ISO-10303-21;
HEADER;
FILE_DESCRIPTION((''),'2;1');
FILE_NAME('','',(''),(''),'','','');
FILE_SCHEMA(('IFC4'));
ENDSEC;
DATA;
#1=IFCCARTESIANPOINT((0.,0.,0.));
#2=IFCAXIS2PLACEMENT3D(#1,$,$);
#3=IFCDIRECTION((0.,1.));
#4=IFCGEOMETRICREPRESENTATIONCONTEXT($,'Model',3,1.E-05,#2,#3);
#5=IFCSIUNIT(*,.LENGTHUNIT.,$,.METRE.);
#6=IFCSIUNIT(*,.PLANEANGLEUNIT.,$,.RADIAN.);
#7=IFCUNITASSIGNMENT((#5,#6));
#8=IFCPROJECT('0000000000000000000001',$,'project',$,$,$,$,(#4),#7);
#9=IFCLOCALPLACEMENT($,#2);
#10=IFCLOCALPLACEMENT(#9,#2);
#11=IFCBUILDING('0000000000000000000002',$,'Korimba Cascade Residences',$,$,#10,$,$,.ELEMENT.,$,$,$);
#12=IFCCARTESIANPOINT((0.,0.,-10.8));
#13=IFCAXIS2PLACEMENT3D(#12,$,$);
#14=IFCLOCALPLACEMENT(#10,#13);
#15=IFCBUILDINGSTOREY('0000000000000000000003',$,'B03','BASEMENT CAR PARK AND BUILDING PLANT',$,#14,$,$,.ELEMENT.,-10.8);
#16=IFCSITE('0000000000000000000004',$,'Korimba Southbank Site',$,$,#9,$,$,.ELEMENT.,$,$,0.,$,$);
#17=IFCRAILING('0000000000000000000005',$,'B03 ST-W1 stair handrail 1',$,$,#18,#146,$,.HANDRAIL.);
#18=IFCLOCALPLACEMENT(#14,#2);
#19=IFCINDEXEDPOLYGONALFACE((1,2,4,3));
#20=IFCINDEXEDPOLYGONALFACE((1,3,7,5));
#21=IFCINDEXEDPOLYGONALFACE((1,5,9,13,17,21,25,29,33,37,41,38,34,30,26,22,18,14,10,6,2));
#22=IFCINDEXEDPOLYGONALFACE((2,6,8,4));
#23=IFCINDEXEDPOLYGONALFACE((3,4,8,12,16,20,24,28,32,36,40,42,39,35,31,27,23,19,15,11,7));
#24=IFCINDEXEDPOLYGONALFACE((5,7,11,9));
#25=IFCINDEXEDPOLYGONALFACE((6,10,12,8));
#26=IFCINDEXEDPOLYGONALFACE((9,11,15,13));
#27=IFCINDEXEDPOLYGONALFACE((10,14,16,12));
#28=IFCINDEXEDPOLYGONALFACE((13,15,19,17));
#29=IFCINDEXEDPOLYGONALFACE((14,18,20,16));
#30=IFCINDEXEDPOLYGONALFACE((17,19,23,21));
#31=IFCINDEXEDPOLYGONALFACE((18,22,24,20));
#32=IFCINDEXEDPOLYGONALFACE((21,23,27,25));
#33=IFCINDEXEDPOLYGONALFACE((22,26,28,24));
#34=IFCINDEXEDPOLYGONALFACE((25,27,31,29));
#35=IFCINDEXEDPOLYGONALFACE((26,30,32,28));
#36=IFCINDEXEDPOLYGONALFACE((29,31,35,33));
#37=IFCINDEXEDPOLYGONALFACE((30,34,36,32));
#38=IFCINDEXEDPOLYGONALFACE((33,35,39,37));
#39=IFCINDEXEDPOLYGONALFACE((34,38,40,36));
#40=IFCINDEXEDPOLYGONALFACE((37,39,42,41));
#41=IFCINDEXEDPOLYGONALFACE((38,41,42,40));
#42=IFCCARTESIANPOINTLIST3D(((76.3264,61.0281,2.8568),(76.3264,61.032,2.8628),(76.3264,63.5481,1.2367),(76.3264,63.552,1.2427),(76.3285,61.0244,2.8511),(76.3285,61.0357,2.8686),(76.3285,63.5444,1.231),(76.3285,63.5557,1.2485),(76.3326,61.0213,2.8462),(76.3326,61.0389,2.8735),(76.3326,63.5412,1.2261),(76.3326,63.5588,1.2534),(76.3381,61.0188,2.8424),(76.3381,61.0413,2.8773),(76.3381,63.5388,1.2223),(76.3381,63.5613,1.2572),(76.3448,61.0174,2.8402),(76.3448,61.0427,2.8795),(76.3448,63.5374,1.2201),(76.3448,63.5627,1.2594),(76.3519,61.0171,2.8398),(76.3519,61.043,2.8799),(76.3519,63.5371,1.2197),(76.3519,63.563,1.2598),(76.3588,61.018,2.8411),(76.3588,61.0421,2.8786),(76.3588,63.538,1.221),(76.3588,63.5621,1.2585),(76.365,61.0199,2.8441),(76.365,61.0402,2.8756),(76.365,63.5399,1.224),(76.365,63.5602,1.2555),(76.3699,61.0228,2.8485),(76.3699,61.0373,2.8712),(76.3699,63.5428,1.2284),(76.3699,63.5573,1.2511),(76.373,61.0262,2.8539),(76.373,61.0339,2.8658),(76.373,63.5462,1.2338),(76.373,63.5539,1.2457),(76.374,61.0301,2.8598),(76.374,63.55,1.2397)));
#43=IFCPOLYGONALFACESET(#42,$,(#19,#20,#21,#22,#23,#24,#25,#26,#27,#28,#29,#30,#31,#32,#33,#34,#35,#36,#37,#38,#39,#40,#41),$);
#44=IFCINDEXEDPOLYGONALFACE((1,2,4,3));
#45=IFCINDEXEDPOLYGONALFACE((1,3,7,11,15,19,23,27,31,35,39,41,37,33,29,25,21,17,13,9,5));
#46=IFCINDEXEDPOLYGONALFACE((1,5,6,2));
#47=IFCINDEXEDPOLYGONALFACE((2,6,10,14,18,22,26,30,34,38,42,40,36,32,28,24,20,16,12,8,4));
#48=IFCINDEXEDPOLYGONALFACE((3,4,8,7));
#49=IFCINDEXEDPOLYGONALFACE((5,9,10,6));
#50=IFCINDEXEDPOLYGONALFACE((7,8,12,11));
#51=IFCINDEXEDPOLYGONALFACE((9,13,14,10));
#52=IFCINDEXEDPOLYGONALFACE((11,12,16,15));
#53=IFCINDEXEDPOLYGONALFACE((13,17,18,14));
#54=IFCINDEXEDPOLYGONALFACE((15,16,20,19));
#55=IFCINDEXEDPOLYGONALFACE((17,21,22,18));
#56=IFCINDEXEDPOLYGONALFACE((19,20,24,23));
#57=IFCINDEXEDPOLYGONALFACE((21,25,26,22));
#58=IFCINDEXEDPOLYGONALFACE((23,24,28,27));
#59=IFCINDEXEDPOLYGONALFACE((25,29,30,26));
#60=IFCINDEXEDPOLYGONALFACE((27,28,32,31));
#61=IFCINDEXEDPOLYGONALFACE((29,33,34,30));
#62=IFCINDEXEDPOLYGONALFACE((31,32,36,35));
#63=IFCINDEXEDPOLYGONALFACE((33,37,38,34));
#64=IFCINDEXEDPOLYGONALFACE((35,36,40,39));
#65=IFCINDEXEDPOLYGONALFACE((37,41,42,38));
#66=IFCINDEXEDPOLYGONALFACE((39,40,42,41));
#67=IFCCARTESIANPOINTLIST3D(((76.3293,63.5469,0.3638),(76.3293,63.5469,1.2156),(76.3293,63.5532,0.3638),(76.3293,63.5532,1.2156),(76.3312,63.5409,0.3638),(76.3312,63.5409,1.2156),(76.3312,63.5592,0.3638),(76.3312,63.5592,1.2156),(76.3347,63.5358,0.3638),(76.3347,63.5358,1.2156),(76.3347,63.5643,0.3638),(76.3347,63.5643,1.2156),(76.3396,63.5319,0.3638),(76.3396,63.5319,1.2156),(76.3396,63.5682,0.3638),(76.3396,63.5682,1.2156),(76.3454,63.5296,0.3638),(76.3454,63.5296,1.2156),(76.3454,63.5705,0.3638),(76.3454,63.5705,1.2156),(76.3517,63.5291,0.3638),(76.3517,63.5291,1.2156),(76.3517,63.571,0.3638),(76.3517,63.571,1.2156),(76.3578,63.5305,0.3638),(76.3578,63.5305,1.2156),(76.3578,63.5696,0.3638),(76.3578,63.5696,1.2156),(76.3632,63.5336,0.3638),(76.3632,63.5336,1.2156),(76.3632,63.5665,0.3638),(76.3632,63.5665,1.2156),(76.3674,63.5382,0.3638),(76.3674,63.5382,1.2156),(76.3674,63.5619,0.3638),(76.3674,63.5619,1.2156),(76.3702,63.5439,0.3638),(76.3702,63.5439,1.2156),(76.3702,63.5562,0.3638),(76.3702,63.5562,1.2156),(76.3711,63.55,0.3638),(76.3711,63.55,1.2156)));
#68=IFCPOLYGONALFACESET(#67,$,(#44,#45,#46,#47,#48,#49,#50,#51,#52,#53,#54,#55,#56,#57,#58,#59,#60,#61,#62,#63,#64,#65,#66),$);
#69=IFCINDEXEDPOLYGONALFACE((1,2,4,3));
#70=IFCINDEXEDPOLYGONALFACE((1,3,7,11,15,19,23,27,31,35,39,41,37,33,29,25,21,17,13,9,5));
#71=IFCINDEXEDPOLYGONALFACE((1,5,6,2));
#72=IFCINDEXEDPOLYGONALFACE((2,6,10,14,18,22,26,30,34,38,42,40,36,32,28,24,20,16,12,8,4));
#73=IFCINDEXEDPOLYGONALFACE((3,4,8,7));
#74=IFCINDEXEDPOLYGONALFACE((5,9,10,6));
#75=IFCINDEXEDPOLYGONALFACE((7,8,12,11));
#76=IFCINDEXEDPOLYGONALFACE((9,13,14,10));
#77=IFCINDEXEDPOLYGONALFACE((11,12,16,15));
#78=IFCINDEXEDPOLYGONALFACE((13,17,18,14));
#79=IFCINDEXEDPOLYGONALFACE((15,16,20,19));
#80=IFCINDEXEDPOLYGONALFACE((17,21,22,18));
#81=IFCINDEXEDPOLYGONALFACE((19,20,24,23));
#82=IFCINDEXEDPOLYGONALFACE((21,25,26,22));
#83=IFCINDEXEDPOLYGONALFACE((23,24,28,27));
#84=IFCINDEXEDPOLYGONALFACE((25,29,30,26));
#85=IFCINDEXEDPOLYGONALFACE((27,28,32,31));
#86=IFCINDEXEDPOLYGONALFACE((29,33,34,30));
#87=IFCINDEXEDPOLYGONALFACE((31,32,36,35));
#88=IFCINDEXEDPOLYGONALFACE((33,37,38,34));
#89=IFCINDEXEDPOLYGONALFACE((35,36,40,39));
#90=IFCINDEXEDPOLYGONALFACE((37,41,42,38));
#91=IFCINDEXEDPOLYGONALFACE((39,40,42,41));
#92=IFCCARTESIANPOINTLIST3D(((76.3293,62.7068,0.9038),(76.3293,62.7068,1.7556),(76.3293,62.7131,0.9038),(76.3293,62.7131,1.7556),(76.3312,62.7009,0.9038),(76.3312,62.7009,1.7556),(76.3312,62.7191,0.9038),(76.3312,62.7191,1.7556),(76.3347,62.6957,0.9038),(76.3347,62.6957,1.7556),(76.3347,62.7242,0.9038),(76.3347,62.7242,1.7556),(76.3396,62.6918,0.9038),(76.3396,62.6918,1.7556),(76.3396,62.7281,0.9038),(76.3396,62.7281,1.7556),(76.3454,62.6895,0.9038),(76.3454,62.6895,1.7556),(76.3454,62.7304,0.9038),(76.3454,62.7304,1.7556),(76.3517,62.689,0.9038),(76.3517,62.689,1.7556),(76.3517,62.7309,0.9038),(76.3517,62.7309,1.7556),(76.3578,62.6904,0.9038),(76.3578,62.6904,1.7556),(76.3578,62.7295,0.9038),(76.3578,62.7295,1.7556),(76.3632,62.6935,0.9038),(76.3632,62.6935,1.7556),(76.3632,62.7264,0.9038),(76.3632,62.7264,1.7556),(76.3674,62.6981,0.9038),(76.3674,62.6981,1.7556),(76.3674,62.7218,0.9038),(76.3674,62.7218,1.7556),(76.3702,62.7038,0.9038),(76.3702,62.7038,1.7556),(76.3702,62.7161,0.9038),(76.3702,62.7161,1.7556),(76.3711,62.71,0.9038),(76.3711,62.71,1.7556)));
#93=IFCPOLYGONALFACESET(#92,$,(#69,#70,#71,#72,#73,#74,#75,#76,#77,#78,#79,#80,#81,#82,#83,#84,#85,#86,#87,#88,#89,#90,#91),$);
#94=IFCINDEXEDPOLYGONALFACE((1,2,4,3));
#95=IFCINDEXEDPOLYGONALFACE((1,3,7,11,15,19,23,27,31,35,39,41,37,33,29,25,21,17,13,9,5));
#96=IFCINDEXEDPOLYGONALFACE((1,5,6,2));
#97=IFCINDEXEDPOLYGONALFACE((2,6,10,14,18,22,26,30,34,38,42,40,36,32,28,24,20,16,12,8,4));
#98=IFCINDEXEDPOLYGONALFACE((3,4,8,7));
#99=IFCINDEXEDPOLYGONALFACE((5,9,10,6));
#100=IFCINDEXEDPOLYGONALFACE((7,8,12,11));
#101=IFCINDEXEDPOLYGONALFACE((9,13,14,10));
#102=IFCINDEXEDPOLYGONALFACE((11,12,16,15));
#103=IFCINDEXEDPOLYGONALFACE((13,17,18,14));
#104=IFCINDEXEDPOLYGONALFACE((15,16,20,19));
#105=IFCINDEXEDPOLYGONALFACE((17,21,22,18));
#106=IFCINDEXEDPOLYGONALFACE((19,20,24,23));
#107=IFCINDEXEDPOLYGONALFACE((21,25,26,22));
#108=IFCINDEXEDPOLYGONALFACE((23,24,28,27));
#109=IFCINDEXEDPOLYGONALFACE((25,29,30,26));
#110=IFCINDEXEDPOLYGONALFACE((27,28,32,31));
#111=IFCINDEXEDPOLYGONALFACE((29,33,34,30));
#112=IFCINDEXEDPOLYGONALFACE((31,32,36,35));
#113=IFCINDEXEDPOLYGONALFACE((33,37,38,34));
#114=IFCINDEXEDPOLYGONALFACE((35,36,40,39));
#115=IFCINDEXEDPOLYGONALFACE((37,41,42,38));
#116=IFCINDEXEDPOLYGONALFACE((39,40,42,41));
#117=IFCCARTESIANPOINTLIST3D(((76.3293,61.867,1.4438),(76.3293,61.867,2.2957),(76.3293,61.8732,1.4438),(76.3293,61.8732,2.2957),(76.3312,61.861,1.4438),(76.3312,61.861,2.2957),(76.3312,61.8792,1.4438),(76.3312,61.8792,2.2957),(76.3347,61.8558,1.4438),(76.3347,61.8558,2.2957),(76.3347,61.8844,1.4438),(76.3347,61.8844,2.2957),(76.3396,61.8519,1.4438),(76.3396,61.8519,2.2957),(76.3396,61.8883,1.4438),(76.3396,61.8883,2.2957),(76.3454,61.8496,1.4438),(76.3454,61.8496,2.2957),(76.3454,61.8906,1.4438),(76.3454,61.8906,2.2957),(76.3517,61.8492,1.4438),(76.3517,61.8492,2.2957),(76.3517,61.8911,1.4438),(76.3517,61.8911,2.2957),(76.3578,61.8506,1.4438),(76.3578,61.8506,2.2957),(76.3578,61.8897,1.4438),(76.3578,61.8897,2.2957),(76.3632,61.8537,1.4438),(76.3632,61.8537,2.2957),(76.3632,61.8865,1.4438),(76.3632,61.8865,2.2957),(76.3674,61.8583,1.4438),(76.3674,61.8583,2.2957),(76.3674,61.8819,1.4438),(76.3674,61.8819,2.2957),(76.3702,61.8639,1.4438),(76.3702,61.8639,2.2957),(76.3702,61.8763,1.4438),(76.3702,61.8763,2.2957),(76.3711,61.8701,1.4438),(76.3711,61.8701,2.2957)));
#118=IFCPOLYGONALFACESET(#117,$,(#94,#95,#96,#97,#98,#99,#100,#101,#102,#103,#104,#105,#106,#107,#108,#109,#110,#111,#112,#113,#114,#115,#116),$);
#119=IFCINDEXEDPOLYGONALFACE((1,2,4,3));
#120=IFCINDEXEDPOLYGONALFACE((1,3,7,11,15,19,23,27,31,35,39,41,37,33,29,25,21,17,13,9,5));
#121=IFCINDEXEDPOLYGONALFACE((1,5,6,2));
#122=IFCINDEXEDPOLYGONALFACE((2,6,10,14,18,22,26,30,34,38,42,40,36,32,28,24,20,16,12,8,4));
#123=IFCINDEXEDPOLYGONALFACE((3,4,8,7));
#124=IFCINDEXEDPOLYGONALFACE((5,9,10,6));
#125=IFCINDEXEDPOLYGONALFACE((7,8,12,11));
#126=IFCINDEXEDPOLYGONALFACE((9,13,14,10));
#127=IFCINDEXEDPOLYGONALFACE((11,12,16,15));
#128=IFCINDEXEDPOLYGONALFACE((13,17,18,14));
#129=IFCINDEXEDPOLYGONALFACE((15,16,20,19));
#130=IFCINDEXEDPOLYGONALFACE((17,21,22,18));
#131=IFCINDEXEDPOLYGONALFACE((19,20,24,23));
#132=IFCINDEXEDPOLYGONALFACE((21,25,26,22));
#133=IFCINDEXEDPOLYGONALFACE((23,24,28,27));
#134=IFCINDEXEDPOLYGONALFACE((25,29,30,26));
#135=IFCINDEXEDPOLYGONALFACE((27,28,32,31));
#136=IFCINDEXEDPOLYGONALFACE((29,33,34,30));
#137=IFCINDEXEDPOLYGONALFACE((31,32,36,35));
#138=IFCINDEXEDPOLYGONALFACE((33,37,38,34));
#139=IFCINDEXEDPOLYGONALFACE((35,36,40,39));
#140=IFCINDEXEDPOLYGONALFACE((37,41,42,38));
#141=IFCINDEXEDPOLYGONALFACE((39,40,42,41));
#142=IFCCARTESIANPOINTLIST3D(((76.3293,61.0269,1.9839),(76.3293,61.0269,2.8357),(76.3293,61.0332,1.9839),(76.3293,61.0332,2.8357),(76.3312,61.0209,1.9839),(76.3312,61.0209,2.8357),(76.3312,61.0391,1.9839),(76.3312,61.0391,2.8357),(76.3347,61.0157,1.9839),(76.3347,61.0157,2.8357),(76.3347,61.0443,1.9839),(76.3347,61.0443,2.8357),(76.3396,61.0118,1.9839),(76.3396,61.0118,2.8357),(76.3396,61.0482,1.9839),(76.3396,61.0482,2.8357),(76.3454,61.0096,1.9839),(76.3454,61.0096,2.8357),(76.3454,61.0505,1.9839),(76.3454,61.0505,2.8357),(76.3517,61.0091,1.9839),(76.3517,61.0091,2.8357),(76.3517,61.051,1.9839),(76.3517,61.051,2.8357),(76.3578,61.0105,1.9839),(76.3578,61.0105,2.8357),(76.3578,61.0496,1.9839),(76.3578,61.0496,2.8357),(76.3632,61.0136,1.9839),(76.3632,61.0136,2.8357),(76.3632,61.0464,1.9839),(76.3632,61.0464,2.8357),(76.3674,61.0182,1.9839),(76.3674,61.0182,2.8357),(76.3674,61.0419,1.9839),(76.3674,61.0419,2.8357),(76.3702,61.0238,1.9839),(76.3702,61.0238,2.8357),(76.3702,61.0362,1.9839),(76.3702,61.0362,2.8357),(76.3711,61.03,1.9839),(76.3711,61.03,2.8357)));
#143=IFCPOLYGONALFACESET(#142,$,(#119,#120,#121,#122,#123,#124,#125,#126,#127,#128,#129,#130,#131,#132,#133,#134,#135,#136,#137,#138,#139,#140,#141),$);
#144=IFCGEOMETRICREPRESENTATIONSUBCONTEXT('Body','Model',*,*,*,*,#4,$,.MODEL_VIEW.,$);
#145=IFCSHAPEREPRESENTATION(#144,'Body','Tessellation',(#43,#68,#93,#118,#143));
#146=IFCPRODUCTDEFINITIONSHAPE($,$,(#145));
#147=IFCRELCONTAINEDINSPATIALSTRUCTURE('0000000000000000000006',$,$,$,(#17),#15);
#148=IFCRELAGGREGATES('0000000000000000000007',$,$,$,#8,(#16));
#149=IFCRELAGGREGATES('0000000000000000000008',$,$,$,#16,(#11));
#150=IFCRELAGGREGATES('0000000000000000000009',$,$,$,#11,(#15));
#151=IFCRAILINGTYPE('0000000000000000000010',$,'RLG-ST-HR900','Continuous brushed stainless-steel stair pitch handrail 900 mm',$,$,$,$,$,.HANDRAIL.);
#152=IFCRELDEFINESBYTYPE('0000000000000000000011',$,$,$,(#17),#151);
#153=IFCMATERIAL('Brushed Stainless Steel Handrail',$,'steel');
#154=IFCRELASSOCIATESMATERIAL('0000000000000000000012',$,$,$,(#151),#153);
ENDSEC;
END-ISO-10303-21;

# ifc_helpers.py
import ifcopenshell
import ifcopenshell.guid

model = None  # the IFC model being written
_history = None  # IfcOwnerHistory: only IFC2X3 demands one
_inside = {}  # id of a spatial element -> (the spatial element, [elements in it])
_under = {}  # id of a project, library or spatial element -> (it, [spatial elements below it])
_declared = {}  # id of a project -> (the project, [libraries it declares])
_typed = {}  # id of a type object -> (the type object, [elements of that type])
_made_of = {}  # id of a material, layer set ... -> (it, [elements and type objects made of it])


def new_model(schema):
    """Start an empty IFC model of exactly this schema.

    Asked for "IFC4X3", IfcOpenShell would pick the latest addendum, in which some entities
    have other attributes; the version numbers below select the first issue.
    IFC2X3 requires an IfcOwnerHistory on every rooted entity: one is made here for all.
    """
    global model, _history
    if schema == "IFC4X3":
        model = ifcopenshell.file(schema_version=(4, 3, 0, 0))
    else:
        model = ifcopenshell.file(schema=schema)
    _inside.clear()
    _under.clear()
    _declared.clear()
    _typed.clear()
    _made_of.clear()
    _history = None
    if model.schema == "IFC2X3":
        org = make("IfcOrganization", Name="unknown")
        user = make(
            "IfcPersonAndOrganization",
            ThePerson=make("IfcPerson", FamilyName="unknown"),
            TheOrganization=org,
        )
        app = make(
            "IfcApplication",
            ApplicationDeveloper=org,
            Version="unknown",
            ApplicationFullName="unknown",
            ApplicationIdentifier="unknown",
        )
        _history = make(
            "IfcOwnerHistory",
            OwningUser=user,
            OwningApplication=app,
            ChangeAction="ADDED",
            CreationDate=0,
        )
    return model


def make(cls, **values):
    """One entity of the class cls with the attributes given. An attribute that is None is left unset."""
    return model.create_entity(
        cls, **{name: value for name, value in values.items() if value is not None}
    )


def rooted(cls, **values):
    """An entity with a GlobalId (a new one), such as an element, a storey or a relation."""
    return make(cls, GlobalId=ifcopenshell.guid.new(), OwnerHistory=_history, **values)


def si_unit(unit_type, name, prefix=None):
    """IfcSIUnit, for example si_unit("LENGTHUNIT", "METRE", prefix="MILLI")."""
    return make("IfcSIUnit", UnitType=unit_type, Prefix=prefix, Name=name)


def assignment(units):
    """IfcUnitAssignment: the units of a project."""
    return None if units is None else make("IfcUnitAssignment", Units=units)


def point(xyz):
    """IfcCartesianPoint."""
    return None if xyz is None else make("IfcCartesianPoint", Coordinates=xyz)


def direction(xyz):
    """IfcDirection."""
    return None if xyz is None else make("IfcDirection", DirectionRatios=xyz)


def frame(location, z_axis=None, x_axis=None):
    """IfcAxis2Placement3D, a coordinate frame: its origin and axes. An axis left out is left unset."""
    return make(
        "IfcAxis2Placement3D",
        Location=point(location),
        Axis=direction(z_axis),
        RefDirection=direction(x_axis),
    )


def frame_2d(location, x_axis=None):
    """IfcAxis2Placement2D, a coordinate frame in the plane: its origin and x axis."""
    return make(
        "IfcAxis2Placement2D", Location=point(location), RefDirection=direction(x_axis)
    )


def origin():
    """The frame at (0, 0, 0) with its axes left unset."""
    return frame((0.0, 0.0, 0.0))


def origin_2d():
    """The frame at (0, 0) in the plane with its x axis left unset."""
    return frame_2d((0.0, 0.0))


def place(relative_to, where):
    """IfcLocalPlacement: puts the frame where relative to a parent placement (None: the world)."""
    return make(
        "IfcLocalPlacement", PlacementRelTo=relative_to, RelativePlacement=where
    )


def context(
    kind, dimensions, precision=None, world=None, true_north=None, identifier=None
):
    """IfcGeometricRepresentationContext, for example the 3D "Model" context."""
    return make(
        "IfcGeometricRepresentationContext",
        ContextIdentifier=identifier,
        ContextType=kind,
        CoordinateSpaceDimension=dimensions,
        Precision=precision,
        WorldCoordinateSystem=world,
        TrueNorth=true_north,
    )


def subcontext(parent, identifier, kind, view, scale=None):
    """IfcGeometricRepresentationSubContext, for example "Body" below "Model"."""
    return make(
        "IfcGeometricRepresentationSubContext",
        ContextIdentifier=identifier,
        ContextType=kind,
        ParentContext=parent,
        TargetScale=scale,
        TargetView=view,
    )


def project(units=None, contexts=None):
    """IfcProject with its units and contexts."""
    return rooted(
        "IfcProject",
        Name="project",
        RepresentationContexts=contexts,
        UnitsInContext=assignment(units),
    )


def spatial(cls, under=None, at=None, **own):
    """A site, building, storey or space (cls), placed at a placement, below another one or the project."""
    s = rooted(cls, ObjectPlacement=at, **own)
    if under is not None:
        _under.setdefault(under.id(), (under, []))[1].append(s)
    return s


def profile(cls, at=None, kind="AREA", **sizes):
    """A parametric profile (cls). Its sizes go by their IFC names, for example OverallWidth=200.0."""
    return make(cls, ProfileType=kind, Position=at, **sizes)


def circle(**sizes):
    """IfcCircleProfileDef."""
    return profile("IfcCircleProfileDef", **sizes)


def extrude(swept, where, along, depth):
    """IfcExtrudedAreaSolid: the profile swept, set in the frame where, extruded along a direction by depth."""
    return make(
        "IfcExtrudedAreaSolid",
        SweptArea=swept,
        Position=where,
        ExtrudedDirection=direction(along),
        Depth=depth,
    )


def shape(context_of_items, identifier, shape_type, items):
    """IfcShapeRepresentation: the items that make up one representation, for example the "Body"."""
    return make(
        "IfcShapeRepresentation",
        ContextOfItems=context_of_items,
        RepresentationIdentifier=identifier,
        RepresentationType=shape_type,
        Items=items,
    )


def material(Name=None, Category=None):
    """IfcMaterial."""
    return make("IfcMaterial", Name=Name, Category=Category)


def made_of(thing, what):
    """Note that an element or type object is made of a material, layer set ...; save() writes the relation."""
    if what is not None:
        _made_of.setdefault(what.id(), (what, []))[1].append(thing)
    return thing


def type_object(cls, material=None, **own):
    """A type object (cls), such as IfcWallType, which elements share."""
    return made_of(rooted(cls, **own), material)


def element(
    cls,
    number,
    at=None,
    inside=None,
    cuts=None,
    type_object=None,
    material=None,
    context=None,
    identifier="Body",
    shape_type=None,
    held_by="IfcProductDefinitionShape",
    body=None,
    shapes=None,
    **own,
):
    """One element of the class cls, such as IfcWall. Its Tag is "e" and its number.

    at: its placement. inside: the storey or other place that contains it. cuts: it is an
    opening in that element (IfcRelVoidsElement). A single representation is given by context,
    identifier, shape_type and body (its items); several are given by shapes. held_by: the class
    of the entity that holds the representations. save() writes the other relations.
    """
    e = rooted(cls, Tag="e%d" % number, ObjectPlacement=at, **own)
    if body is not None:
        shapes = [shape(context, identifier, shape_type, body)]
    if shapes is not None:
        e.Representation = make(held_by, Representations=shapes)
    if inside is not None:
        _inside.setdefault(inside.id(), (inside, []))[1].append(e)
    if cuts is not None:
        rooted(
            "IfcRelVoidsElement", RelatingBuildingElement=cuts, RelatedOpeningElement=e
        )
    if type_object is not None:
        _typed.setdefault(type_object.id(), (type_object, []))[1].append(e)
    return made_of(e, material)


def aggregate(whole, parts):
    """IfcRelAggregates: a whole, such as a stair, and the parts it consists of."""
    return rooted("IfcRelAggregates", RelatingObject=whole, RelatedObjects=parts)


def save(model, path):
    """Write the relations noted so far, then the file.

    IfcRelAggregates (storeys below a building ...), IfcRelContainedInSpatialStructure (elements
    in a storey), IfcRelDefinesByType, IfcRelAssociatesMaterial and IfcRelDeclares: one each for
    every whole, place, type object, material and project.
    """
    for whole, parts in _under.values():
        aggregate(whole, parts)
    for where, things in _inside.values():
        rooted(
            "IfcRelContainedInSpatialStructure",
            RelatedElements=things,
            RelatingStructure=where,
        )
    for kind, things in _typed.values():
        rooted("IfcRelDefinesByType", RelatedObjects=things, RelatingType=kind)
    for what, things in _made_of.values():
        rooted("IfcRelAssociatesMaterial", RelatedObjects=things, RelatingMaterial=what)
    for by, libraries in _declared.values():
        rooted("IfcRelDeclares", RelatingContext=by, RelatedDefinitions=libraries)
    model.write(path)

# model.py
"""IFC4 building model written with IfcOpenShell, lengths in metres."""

from ifc_helpers import new_model, si_unit, direction, frame, origin, origin_2d, place, context, subcontext, project, spatial, circle, extrude, material, type_object, element, save


model = new_model("IFC4")

# Units and contexts
model_context = context("Model", 3, precision=1e-05, world=origin(), true_north=direction((0.0, 1.0)))
body_context = subcontext(model_context, "Body", "Model", "MODEL_VIEW")
ifc_project = project(units=[si_unit("LENGTHUNIT", "METRE"), si_unit("PLANEANGLEUNIT", "RADIAN")], contexts=[model_context])

# Site, building, storey
site_placement = place(None, origin())
site = spatial("IfcSite", under=ifc_project, at=site_placement, Name="Korimba Southbank Site", CompositionType="ELEMENT", RefElevation=0.0)
building_placement = place(site_placement, origin())
building = spatial("IfcBuilding", under=site, at=building_placement, Name="Korimba Cascade Residences", CompositionType="ELEMENT")
storey_placement = place(building_placement, frame((0.0, 0.0, -10.8)))
storey = spatial("IfcBuildingStorey", under=building, at=storey_placement, Name="B03", Description="BASEMENT CAR PARK AND BUILDING PLANT", CompositionType="ELEMENT", Elevation=-10.8)

# Railing
ifc_material_1 = material(Name="Brushed Stainless Steel Handrail", Category="steel")
railing_type_1 = type_object("IfcRailingType", Name="RLG-ST-HR900", Description="Continuous brushed stainless-steel stair pitch handrail 900 mm", PredefinedType="HANDRAIL", material=ifc_material_1)
railing_1_placement = place(storey_placement, frame((76.3501, 63.55, 0.3638)))
element("IfcRailing", 1, at=railing_1_placement, inside=storey, type_object=railing_type_1, Name="B03 ST-W1 stair handrail 1", PredefinedType="HANDRAIL", context=body_context, shape_type="SweptSolid", body=[
    extrude(circle(Radius=0.0239, at=origin_2d()), frame((0.0, 0.0, 0.876), z_axis=(0.0, -0.841163, 0.540782), x_axis=(1.0, 0.0, 0.0)), (0.0, 0.0, 1.0), 2.9958),
    extrude(circle(Radius=0.021, at=origin_2d()), origin(), (0.0, 0.0, 1.0), 0.8518),
    extrude(circle(Radius=0.021, at=origin_2d()), frame((0.0, -0.8401, 0.54)), (0.0, 0.0, 1.0), 0.8518),
    extrude(circle(Radius=0.021, at=origin_2d()), frame((0.0, -1.6799, 1.0801)), (0.0, 0.0, 1.0), 0.8518),
    extrude(circle(Radius=0.021, at=origin_2d()), frame((0.0, -2.52, 1.6201)), (0.0, 0.0, 1.0), 0.8518),
])

save(model, "model.ifc")
